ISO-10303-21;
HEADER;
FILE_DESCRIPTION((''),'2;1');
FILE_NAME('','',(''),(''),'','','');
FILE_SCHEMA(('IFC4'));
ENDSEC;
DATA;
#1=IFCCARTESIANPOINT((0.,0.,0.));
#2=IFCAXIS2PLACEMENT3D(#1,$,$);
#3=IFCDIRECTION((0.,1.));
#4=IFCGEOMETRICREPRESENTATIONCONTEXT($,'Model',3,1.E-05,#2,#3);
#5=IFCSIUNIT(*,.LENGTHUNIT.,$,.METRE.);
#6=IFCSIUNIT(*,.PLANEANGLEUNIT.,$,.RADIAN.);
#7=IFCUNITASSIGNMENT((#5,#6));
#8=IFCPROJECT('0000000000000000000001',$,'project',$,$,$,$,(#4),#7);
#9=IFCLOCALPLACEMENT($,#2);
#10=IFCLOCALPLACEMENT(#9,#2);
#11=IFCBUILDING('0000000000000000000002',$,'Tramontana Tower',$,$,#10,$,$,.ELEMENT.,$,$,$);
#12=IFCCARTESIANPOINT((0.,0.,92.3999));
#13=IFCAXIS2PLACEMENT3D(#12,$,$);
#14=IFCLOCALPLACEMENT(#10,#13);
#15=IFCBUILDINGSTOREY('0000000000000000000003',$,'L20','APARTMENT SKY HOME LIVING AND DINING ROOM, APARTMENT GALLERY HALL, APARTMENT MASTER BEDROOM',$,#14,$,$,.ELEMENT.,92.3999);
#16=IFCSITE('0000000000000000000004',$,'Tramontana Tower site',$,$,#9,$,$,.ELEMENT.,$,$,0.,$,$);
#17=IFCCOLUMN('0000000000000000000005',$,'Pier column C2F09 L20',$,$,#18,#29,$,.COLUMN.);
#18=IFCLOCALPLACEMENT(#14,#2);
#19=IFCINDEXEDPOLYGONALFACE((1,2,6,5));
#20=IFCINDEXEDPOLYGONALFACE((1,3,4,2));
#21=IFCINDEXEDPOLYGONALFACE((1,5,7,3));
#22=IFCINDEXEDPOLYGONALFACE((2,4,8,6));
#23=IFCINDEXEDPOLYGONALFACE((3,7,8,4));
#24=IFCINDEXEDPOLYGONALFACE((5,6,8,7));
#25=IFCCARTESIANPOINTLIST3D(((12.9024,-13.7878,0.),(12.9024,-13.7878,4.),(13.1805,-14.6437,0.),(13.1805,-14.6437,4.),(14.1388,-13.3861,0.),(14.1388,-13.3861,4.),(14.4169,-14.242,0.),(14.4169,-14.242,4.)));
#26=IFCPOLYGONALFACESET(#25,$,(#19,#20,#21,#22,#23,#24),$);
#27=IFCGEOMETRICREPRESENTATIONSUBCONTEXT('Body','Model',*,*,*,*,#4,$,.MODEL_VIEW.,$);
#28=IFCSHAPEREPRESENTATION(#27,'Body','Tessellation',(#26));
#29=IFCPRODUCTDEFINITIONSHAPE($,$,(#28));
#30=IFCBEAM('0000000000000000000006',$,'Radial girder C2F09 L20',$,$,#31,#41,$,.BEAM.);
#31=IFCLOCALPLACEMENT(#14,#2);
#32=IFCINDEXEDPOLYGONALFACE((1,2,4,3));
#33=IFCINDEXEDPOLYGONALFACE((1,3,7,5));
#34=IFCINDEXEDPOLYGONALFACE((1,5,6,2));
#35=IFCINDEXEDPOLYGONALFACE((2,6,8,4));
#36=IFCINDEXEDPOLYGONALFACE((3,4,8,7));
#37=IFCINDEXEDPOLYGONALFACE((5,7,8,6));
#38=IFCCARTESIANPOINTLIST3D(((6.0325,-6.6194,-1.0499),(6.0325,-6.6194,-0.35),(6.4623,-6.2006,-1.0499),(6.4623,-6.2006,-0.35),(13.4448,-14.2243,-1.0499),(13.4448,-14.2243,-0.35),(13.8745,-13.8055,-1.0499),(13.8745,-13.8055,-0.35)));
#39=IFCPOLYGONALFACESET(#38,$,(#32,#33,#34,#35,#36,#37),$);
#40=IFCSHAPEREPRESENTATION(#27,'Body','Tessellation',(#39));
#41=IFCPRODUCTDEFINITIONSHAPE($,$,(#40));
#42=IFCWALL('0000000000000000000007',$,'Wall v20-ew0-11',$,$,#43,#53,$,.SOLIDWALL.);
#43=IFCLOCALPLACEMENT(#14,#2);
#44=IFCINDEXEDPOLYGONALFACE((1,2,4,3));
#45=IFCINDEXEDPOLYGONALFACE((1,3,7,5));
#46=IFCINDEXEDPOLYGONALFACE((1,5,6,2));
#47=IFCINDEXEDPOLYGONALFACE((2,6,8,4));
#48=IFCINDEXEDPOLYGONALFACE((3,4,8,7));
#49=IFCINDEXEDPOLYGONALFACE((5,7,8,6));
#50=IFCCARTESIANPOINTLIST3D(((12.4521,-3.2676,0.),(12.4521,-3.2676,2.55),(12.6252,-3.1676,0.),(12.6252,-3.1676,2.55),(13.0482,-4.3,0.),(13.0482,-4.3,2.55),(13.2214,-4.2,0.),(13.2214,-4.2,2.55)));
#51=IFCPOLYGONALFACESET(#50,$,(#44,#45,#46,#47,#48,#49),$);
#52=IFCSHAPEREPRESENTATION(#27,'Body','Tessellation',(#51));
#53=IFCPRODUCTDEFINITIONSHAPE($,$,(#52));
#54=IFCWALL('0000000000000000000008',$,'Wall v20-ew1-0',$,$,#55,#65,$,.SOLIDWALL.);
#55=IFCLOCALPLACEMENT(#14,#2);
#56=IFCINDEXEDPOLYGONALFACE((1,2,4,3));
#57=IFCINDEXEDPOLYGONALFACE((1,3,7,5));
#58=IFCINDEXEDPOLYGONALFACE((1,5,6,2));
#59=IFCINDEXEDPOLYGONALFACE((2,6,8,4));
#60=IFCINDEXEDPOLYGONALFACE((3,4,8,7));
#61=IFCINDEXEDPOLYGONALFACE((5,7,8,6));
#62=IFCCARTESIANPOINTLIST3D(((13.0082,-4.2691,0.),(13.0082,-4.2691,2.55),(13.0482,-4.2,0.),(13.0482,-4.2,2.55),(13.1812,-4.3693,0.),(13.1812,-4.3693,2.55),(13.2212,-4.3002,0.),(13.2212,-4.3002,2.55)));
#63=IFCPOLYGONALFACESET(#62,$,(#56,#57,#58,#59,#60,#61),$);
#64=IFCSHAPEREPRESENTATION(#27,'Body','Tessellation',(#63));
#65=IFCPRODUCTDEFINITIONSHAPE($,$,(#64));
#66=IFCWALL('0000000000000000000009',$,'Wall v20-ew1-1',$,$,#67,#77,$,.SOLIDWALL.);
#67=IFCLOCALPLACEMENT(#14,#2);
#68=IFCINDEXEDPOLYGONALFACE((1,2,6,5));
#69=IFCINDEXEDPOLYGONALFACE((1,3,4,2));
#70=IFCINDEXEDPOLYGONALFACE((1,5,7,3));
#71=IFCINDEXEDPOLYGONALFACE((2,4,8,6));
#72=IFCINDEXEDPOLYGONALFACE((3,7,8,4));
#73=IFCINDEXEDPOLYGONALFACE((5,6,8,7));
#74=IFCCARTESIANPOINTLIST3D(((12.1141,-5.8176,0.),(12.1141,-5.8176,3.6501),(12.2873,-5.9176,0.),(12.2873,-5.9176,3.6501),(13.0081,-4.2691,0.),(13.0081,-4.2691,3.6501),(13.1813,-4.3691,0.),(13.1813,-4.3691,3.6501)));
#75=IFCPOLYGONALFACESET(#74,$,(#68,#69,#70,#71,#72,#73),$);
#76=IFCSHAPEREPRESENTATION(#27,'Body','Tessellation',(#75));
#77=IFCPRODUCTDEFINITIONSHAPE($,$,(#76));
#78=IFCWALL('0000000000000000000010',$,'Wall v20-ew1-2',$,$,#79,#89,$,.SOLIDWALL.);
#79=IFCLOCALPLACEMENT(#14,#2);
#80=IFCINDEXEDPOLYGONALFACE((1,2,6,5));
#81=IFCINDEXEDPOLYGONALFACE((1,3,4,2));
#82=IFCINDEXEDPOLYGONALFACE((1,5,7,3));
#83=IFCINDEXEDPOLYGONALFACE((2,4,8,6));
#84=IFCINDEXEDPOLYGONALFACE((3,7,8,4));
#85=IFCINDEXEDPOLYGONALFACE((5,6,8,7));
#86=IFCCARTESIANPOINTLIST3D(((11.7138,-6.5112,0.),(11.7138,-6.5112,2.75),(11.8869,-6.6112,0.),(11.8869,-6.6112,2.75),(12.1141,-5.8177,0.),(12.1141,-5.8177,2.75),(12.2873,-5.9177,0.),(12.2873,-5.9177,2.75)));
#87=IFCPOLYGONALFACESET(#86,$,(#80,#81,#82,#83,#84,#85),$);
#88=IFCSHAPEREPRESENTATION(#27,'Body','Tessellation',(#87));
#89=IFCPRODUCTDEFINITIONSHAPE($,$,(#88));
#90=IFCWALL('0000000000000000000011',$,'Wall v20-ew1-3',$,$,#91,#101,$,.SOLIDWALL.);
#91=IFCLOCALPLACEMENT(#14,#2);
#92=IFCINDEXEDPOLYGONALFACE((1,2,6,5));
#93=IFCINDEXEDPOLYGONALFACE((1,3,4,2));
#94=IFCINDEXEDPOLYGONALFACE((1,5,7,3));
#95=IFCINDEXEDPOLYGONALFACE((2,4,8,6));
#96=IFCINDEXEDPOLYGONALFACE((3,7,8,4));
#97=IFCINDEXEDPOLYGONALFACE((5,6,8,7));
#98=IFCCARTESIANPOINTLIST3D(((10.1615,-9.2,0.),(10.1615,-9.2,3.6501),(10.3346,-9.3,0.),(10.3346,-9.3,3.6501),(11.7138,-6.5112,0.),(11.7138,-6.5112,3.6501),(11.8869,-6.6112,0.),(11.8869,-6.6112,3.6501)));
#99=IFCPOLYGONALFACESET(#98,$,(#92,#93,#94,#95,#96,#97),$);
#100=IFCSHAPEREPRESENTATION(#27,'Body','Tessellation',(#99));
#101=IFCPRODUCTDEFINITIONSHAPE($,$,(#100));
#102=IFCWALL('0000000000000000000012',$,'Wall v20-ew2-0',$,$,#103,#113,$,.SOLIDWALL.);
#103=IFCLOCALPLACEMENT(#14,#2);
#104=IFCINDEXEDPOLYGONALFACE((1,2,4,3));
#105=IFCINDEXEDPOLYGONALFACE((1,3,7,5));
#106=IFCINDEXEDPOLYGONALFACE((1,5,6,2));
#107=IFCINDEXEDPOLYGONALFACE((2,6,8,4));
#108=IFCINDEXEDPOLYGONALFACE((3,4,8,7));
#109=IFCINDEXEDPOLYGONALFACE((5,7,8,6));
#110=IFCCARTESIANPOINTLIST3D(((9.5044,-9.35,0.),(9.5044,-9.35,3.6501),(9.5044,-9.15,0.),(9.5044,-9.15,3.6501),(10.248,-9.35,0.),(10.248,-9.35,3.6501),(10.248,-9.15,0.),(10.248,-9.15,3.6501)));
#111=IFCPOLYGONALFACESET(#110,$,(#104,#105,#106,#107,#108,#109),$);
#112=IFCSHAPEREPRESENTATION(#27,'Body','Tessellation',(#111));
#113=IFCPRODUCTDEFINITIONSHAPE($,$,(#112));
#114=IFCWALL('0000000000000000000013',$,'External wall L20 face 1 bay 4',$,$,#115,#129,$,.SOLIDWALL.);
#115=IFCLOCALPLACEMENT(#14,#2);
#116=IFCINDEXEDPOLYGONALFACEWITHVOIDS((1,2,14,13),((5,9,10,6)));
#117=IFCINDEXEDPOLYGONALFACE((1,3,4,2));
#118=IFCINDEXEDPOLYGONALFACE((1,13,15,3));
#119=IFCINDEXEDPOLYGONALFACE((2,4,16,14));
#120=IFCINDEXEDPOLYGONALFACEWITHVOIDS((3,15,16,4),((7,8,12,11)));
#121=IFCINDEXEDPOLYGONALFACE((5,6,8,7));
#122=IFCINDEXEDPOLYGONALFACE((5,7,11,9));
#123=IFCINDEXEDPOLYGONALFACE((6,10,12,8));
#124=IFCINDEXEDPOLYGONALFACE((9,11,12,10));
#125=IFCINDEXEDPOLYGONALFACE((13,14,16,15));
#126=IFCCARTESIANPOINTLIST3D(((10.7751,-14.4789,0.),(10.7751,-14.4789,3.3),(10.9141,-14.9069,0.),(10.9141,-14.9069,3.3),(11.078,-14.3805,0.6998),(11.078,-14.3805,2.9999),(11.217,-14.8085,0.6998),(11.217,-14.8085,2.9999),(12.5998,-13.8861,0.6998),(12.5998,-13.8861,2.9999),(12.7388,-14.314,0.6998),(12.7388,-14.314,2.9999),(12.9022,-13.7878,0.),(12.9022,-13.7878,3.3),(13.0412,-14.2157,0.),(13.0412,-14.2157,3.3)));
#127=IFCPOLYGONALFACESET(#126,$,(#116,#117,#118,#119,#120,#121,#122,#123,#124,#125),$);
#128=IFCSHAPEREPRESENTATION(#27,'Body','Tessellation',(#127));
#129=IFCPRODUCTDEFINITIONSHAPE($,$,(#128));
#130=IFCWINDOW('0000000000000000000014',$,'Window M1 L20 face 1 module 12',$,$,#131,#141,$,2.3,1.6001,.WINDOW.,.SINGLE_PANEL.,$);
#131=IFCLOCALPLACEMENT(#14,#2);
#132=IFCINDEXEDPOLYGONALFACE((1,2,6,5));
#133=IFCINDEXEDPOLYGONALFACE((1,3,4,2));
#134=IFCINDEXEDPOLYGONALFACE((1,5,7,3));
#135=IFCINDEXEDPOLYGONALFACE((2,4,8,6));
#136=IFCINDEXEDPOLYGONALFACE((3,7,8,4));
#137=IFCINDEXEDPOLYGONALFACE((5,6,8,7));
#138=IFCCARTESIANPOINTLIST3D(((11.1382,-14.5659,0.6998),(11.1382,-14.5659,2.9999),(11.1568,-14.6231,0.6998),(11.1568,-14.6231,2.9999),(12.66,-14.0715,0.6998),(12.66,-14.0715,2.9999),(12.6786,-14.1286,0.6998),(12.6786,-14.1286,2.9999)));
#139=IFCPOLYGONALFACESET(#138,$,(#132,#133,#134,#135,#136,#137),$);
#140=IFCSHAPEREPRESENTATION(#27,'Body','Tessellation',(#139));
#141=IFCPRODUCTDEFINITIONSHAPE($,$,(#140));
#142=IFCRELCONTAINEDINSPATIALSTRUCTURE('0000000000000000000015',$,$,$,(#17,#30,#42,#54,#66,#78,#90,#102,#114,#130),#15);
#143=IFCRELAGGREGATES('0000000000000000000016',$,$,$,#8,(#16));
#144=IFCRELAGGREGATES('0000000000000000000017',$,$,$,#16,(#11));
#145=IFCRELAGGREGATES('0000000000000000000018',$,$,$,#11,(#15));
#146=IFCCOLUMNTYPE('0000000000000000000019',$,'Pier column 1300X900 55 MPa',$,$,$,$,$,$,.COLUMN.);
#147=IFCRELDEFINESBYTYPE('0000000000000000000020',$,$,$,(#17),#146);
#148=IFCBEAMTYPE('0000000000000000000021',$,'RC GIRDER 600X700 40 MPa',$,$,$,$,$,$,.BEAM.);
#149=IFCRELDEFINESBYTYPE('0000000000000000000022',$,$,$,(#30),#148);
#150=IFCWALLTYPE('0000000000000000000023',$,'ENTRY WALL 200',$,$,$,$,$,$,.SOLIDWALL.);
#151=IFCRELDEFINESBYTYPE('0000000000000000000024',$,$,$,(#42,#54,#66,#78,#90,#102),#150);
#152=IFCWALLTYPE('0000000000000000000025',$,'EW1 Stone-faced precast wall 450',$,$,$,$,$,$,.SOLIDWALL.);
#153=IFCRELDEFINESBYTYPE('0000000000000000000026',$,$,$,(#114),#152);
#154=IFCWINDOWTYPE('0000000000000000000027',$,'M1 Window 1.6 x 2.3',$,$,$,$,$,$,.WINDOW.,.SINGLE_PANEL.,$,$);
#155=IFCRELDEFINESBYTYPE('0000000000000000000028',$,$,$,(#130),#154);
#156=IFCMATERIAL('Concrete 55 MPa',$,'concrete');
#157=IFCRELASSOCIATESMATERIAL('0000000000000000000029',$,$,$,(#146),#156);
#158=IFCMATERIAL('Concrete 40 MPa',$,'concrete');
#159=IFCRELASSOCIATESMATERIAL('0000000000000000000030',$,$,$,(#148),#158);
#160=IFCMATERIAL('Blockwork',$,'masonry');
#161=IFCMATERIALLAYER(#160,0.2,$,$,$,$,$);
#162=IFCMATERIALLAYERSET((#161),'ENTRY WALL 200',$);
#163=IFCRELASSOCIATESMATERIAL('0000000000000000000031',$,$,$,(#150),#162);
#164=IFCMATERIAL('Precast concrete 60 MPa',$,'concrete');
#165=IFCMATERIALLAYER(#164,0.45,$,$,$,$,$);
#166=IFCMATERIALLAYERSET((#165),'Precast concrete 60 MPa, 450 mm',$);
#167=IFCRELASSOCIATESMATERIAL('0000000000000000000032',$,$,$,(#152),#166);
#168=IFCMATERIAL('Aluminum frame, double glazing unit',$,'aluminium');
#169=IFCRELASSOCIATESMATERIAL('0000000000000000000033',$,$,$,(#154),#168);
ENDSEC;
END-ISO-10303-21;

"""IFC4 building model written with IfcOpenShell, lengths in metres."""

from ifc_helpers import new_model, si_unit, direction, frame, frame_2d, origin, origin_2d, place, context, subcontext, project, spatial, rectangle, extrude, material, layer, layer_set, material_profile, profile_set, type_object, element, fill, save


model = new_model("IFC4")

# Units and contexts
model_context = context("Model", 3, precision=1e-05, world=origin(), true_north=direction((0.0, 1.0)))
body_context = subcontext(model_context, "Body", "Model", "MODEL_VIEW")
ifc_project = project(units=[si_unit("LENGTHUNIT", "METRE"), si_unit("PLANEANGLEUNIT", "RADIAN")], contexts=[model_context])

# Site, building, storey
site_placement = place(None, origin())
site = spatial("IfcSite", under=ifc_project, at=site_placement, Name="Tramontana Tower site", CompositionType="ELEMENT", RefElevation=0.0)
building_placement = place(site_placement, origin())
building = spatial("IfcBuilding", under=site, at=building_placement, Name="Tramontana Tower", CompositionType="ELEMENT")
storey_placement = place(building_placement, frame((0.0, 0.0, 92.3999)))
storey = spatial("IfcBuildingStorey", under=building, at=storey_placement, Name="L20", Description="APARTMENT SKY HOME LIVING AND DINING ROOM, APARTMENT GALLERY HALL, APARTMENT MASTER BEDROOM", CompositionType="ELEMENT", Elevation=92.3999)

# Column
ifc_material_1 = material(Name="Concrete 55 MPa", Category="concrete")
ifc_material_profile_1 = material_profile(ifc_material_1, rectangle(XDim=1.3, YDim=0.8999, at=origin_2d()), Name="Pier column 1300X900 55 MPa")
ifc_profile_set_1 = profile_set([ifc_material_profile_1], Name="Concrete 55 MPa")
column_type = type_object("IfcColumnType", Name="Pier column 1300X900 55 MPa", PredefinedType="COLUMN", material=ifc_profile_set_1)
column_placement = place(storey_placement, frame((13.6597, -14.0149, 0.0), z_axis=(0.0, 0.0, 1.0), x_axis=(0.951057, 0.309017, 0.0)))
element("IfcColumn", 1, at=column_placement, inside=storey, type_object=column_type, Name="Pier column C2F09 L20", PredefinedType="COLUMN", context=body_context, shape_type="SweptSolid", body=[
    extrude(rectangle(XDim=1.3, YDim=0.8999, at=origin_2d()), origin(), (0.0, 0.0, 1.0), 4.0),
])

# Beam
ifc_material_2 = material(Name="Concrete 40 MPa", Category="concrete")
ifc_material_profile_2 = material_profile(ifc_material_2, rectangle(XDim=0.6001, YDim=0.7, at=origin_2d()), Name="RC GIRDER 600X700 40 MPa")
ifc_profile_set_2 = profile_set([ifc_material_profile_2], Name="Concrete 40 MPa")
beam_type = type_object("IfcBeamType", Name="RC GIRDER 600X700 40 MPa", PredefinedType="BEAM", material=ifc_profile_set_2)
beam_placement = place(storey_placement, frame((13.6597, -14.0149, -0.7), z_axis=(-0.697979, 0.716118, 0.0), x_axis=(-0.716118, -0.697979, 0.0)))
element("IfcBeam", 2, at=beam_placement, inside=storey, type_object=beam_type, Name="Radial girder C2F09 L20", PredefinedType="BEAM", context=body_context, shape_type="SweptSolid", body=[
    extrude(rectangle(XDim=0.6001, YDim=0.7, at=origin_2d()), origin(), (0.0, 0.0, 1.0), 10.6196),
])

# Walls
ifc_material_3 = material(Name="Blockwork", Category="masonry")
ifc_layer_1 = layer(ifc_material_3, 0.2)
ifc_layer_set_1 = layer_set([ifc_layer_1], Name="ENTRY WALL 200")
wall_type_1 = type_object("IfcWallType", Name="ENTRY WALL 200", PredefinedType="SOLIDWALL", material=ifc_layer_set_1)
wall_1_placement = place(storey_placement, frame((12.5386, -3.2175, 0.0), z_axis=(0.0, 0.0, 1.0), x_axis=(0.500059, -0.865991, 0.0)))
element("IfcWall", 3, at=wall_1_placement, inside=storey, type_object=wall_type_1, Name="Wall v20-ew0-11", PredefinedType="SOLIDWALL", context=body_context, shape_type="SweptSolid", body=[
    extrude(rectangle(XDim=1.1921, YDim=0.2, at=frame_2d((0.5962, 0.0))), origin(), (0.0, 0.0, 1.0), 2.55),
])
wall_2_placement = place(storey_placement, frame((13.1348, -4.25, 0.0), z_axis=(0.0, 0.0, 1.0), x_axis=(-0.501398, -0.865217, 0.0)))
element("IfcWall", 4, at=wall_2_placement, inside=storey, type_object=wall_type_1, Name="Wall v20-ew1-0", PredefinedType="SOLIDWALL", context=body_context, shape_type="SweptSolid", body=[
    extrude(rectangle(XDim=0.0798, YDim=0.2, at=frame_2d((0.04, 0.0))), origin(), (0.0, 0.0, 1.0), 2.55),
])
wall_3_placement = place(storey_placement, frame((13.0947, -4.3191, 0.0), z_axis=(0.0, 0.0, 1.0), x_axis=(-0.499986, -0.866033, 0.0)))
element("IfcWall", 5, at=wall_3_placement, inside=storey, type_object=wall_type_1, Name="Wall v20-ew1-1", PredefinedType="SOLIDWALL", context=body_context, shape_type="SweptSolid", body=[
    extrude(rectangle(XDim=1.7881, YDim=0.2, at=frame_2d((0.894, 0.0))), origin(), (0.0, 0.0, 1.0), 3.6501),
])
wall_4_placement = place(storey_placement, frame((12.2007, -5.8677, 0.0), z_axis=(0.0, 0.0, 1.0), x_axis=(-0.499942, -0.866059, 0.0)))
element("IfcWall", 6, at=wall_4_placement, inside=storey, type_object=wall_type_1, Name="Wall v20-ew1-2", PredefinedType="SOLIDWALL", context=body_context, shape_type="SweptSolid", body=[
    extrude(rectangle(XDim=0.8008, YDim=0.2, at=frame_2d((0.4004, 0.0))), origin(), (0.0, 0.0, 1.0), 2.75),
])
wall_5_placement = place(storey_placement, frame((11.8003, -6.5613, 0.0), z_axis=(0.0, 0.0, 1.0), x_axis=(-0.499979, -0.866038, 0.0)))
element("IfcWall", 7, at=wall_5_placement, inside=storey, type_object=wall_type_1, Name="Wall v20-ew1-3", PredefinedType="SOLIDWALL", context=body_context, shape_type="SweptSolid", body=[
    extrude(rectangle(XDim=3.1047, YDim=0.2, at=frame_2d((1.5522, 0.0))), origin(), (0.0, 0.0, 1.0), 3.6501),
])
wall_6_placement = place(storey_placement, frame((10.248, -9.25, 0.0), z_axis=(0.0, 0.0, 1.0), x_axis=(-1.0, 0.0, 0.0)))
element("IfcWall", 8, at=wall_6_placement, inside=storey, type_object=wall_type_1, Name="Wall v20-ew2-0", PredefinedType="SOLIDWALL", context=body_context, shape_type="SweptSolid", body=[
    extrude(rectangle(XDim=0.7437, YDim=0.2, at=frame_2d((0.3718, 0.0))), origin(), (0.0, 0.0, 1.0), 3.6501),
])

# Wall, opening, window
ifc_material_4 = material(Name="Precast concrete 60 MPa", Category="concrete")
ifc_layer_2 = layer(ifc_material_4, 0.45)
ifc_layer_set_2 = layer_set([ifc_layer_2], Name="Precast concrete 60 MPa, 450 mm")
wall_type_2 = type_object("IfcWallType", Name="EW1 Stone-faced precast wall 450", PredefinedType="SOLIDWALL", material=ifc_layer_set_2)
wall_7_placement = place(storey_placement, frame((10.8447, -14.6929, 0.0), z_axis=(0.0, 0.0, 1.0), x_axis=(0.951057, 0.309014, 0.0)))
wall_7 = element("IfcWall", 9, at=wall_7_placement, inside=storey, type_object=wall_type_2, Name="External wall L20 face 1 bay 4", PredefinedType="SOLIDWALL", context=body_context, shape_type="SweptSolid", body=[
    extrude(rectangle(XDim=2.2366, YDim=0.45, at=frame_2d((1.1182, 0.0))), origin(), (0.0, 0.0, 1.0), 3.3),
])
opening_1_placement = place(wall_7_placement, frame((0.3184, 0.0, 0.7)))
opening_1 = element("IfcOpeningElement", 10, at=opening_1_placement, cuts=wall_7, PredefinedType="OPENING", context=body_context, shape_type="SweptSolid", body=[
    extrude(rectangle(XDim=1.6001, YDim=2.3, at=frame_2d((0.8, 1.1499))), frame((0.0, 0.2349, 0.0), z_axis=(0.0, -1.0, 0.0), x_axis=(1.0, 0.0, 0.0)), (0.0, 0.0, 1.0), 0.47),
])
ifc_material_5 = material(Name="Aluminum frame, double glazing unit", Category="aluminium")
window_type = type_object("IfcWindowType", Name="M1 Window 1.6 x 2.3", PartitioningType="SINGLE_PANEL", PredefinedType="WINDOW", material=ifc_material_5)
window_1_placement = place(opening_1_placement, origin())
window_1 = element("IfcWindow", 11, at=window_1_placement, inside=storey, type_object=window_type, Name="Window M1 L20 face 1 module 12", OverallHeight=2.3, OverallWidth=1.6001, PartitioningType="SINGLE_PANEL", PredefinedType="WINDOW", context=body_context, shape_type="SweptSolid", body=[
    extrude(rectangle(XDim=1.6001, YDim=2.3, at=frame_2d((0.8, 1.1499))), frame((0.0, 0.03, 0.0), z_axis=(0.0, -1.0, 0.0), x_axis=(1.0, 0.0, 0.0)), (0.0, 0.0, 1.0), 0.0601),
])
fill(opening_1, window_1)

save(model, "model.ifc")
